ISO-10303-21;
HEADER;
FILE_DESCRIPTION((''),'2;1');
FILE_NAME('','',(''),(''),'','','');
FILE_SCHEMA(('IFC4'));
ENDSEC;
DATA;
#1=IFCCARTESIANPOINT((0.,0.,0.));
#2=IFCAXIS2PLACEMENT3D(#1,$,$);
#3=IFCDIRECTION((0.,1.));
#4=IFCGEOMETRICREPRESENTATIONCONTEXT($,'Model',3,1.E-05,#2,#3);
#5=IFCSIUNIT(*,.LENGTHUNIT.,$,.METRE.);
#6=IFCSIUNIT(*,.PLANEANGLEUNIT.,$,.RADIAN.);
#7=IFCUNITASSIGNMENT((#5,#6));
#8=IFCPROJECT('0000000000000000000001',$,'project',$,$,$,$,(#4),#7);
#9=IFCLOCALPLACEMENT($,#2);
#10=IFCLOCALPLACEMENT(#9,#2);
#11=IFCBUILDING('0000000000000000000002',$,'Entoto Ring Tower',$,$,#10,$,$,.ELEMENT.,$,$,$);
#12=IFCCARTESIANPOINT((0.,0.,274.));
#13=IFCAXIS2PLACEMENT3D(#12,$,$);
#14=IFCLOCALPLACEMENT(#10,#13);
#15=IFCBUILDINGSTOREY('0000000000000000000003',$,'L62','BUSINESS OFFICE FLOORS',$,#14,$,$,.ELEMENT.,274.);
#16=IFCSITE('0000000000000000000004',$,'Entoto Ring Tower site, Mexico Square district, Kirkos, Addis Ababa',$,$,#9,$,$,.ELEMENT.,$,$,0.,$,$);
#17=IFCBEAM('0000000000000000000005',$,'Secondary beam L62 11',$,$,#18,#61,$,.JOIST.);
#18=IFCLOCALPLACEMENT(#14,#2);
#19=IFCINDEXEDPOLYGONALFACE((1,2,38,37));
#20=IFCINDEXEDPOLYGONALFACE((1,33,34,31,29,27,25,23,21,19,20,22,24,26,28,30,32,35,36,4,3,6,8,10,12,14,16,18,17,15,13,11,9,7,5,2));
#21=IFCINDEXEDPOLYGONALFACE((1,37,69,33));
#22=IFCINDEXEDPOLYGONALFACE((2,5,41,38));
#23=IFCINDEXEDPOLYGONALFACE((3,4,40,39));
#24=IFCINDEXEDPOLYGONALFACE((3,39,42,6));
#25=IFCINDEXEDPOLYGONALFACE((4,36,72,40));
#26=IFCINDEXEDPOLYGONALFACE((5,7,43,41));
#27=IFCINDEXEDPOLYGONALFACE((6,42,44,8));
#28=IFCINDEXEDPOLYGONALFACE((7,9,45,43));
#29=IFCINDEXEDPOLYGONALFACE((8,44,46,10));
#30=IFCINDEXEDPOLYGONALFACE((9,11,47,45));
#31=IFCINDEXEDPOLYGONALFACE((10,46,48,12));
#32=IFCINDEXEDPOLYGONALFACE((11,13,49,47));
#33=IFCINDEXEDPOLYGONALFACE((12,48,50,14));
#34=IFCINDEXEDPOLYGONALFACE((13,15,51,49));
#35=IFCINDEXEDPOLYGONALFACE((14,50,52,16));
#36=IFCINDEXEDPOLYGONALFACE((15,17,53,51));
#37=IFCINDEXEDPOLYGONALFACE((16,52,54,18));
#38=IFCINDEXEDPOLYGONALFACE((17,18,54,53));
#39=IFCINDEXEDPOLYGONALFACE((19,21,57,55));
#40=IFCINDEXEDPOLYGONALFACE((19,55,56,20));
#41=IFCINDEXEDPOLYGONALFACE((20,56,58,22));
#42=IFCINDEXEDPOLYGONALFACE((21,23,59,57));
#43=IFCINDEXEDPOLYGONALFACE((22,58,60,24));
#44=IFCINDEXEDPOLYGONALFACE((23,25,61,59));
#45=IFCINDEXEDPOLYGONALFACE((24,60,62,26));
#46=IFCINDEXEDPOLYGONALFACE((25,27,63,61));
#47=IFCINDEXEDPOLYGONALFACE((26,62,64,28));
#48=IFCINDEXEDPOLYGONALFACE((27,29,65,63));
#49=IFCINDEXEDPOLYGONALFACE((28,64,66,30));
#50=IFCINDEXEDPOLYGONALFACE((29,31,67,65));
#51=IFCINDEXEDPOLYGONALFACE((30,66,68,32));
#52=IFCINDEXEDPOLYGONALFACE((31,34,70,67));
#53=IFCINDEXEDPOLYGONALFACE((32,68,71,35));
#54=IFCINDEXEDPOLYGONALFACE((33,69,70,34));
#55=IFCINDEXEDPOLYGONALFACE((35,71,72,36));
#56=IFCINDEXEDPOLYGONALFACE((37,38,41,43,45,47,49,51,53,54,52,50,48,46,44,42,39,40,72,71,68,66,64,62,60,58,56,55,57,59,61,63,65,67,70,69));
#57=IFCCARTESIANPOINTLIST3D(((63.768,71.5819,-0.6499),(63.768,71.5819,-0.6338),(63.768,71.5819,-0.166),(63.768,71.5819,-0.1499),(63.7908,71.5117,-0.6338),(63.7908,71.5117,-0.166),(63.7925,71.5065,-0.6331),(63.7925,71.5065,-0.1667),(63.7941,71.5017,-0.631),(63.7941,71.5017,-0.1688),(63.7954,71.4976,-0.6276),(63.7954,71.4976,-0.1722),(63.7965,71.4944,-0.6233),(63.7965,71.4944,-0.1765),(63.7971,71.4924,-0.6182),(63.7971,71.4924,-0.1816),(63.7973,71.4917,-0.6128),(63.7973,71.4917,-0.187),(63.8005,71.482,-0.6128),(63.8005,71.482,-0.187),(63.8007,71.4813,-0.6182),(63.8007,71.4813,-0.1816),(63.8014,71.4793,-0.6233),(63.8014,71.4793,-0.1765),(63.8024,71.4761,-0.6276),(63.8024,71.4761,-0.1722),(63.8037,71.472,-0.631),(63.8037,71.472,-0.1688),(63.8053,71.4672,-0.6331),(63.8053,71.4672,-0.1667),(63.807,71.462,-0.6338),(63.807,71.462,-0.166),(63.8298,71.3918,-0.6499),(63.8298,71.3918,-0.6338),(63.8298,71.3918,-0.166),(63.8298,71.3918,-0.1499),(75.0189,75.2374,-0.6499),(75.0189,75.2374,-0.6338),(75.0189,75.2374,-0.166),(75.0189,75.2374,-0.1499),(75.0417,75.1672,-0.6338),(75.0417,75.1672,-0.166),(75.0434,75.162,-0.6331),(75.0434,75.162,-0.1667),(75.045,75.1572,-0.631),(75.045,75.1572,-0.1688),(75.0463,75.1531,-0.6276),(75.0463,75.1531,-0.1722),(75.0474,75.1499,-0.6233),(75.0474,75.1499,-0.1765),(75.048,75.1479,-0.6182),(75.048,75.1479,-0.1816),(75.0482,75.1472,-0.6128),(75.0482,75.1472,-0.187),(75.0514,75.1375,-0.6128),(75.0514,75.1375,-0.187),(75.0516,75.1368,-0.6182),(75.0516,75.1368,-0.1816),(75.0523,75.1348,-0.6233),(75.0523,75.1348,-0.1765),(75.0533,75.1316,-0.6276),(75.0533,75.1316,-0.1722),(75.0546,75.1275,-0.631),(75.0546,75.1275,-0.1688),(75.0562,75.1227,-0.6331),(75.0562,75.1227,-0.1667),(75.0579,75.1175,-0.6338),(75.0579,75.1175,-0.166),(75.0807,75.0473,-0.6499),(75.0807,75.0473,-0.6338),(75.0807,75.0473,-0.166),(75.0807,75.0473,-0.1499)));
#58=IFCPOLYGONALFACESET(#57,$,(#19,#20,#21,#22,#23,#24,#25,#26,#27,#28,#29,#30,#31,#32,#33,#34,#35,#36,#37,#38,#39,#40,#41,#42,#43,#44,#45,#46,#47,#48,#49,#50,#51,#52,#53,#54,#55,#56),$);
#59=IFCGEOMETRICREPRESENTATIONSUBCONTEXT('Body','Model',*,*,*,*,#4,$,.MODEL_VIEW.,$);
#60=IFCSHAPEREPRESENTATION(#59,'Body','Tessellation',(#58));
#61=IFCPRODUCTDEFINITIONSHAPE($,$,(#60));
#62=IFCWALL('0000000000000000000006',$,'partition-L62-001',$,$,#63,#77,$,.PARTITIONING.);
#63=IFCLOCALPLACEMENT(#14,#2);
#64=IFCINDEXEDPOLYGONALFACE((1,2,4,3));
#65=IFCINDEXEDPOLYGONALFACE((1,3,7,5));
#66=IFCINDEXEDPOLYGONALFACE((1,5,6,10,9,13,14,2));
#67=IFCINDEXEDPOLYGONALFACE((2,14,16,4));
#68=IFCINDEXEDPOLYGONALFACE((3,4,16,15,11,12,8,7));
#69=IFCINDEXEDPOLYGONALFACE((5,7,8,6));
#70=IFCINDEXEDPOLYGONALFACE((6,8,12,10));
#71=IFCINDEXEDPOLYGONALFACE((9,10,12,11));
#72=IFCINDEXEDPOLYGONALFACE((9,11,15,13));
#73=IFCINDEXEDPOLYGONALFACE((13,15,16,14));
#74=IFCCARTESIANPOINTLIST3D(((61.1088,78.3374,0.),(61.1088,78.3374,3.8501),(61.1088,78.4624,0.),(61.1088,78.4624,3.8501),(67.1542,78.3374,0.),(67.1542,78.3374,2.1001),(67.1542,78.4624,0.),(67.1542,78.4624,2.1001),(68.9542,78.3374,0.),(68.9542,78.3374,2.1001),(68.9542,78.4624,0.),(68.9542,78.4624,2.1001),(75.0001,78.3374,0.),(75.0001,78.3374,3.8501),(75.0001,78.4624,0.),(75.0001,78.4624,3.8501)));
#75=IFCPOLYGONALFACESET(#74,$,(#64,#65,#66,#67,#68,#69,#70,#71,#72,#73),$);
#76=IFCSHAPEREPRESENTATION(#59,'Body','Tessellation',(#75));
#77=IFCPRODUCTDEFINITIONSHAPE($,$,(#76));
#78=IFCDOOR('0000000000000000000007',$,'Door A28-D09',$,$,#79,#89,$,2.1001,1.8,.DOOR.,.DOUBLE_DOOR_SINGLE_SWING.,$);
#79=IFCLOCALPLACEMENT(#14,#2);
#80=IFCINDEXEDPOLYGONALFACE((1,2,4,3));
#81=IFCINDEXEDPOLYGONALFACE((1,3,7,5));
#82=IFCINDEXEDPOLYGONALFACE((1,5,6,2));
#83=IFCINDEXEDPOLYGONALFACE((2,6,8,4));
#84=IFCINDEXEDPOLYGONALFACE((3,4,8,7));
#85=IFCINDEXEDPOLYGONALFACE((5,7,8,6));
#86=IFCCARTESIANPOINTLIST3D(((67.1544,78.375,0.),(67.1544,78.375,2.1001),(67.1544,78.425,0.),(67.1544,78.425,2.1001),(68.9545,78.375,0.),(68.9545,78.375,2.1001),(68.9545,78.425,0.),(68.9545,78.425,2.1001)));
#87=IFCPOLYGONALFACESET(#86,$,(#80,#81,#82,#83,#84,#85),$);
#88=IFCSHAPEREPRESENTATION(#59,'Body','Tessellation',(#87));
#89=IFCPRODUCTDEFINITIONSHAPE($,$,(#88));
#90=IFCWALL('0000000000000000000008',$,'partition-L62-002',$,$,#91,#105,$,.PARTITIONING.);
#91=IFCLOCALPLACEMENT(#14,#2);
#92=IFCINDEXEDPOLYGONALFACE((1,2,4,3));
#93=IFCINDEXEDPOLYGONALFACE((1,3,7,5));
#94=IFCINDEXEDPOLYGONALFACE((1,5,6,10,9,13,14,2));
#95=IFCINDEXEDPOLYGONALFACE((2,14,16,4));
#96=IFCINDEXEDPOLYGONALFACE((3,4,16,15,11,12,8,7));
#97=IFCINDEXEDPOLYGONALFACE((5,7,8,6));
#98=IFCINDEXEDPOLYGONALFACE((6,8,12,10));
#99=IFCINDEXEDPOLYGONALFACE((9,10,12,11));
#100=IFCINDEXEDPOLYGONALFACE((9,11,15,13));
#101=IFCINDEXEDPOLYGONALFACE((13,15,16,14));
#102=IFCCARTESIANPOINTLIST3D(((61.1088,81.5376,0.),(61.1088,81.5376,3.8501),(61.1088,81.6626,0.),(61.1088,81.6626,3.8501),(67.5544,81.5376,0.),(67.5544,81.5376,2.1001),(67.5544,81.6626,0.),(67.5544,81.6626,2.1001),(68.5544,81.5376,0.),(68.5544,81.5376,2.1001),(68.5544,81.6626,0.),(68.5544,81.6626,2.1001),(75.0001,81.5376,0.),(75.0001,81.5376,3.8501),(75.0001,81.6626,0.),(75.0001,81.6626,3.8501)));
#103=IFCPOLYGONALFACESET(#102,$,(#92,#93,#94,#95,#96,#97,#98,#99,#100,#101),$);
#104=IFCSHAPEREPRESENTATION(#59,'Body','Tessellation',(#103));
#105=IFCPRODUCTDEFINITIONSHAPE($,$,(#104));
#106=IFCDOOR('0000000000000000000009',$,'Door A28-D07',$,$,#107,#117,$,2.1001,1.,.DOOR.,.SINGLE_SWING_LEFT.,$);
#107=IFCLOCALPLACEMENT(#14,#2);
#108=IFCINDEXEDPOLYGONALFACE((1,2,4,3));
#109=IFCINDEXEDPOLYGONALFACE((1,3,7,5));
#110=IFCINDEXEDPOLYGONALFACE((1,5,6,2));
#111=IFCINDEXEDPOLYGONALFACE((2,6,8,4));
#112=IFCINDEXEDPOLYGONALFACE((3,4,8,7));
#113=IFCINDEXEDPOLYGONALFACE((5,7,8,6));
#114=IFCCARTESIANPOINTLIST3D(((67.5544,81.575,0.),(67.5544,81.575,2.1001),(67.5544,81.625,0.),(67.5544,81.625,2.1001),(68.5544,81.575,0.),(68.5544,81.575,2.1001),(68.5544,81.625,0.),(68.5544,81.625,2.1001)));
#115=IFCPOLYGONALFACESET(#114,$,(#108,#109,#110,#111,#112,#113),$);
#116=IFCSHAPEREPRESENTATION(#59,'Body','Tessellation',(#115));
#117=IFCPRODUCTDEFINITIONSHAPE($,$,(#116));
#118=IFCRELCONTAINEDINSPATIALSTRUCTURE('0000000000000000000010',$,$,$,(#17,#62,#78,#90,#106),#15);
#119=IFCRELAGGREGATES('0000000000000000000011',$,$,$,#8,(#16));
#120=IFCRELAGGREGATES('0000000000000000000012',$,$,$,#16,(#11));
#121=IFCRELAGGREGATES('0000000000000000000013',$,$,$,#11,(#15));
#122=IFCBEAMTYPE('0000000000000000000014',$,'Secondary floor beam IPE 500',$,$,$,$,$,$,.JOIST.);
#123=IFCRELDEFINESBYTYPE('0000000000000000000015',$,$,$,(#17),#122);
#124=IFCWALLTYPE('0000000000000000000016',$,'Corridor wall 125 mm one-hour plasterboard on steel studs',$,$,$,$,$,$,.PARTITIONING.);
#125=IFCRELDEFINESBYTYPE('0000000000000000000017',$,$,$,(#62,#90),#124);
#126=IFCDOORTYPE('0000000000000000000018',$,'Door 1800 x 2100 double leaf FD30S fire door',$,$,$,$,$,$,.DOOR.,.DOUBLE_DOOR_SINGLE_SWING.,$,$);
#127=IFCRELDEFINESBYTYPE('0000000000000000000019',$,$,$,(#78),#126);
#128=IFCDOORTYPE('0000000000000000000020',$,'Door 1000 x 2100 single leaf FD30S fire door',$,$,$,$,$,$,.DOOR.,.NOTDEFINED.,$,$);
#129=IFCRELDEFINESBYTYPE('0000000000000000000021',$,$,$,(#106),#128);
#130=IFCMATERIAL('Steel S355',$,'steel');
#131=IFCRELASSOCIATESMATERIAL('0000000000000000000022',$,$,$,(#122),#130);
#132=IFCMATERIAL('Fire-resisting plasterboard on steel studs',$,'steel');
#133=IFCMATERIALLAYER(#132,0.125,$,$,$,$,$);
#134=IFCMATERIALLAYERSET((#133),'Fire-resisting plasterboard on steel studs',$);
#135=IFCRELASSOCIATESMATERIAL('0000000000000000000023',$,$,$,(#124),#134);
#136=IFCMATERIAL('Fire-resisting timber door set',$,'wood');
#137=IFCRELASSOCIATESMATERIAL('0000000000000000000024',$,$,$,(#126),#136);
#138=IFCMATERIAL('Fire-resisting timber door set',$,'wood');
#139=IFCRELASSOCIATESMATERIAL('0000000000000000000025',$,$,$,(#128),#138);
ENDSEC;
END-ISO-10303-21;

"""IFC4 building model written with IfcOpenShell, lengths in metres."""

from ifc_helpers import new_model, si_unit, direction, frame, frame_2d, origin, origin_2d, place, context, subcontext, project, spatial, rectangle, i_section, extrude, material, layer, layer_set, material_profile, profile_set, type_object, element, fill, save


model = new_model("IFC4")

# Units and contexts
model_context = context("Model", 3, precision=1e-05, world=origin(), true_north=direction((0.0, 1.0)))
body_context = subcontext(model_context, "Body", "Model", "MODEL_VIEW")
ifc_project = project(units=[si_unit("LENGTHUNIT", "METRE"), si_unit("PLANEANGLEUNIT", "RADIAN")], contexts=[model_context])

# Site, building, storey
site_placement = place(None, origin())
site = spatial("IfcSite", under=ifc_project, at=site_placement, Name="Entoto Ring Tower site, Mexico Square district, Kirkos, Addis Ababa", CompositionType="ELEMENT", RefElevation=0.0)
building_placement = place(site_placement, origin())
building = spatial("IfcBuilding", under=site, at=building_placement, Name="Entoto Ring Tower", CompositionType="ELEMENT")
storey_placement = place(building_placement, frame((0.0, 0.0, 274.0)))
storey = spatial("IfcBuildingStorey", under=building, at=storey_placement, Name="L62", Description="BUSINESS OFFICE FLOORS", CompositionType="ELEMENT", Elevation=274.0)

# Beam
ifc_material_1 = material(Name="Steel S355", Category="steel")
ifc_material_profile_1 = material_profile(ifc_material_1, i_section(OverallWidth=0.2, OverallDepth=0.5, WebThickness=0.0103, FlangeThickness=0.0161, FilletRadius=0.021, at=origin_2d()), Name="IPE 500")
ifc_profile_set_1 = profile_set([ifc_material_profile_1], Name="Steel S355")
beam_type_1 = type_object("IfcBeamType", Name="Secondary floor beam IPE 500", PredefinedType="JOIST", material=ifc_profile_set_1)
beam_1_placement = place(storey_placement, frame((75.0498, 75.1423, -0.3999), z_axis=(-0.95106, -0.309006, 0.0), x_axis=(0.309006, -0.95106, 0.0)))
element("IfcBeam", 1, at=beam_1_placement, inside=storey, type_object=beam_type_1, Name="Secondary beam L62 11", PredefinedType="JOIST", context=body_context, shape_type="SweptSolid", body=[
    extrude(i_section(OverallWidth=0.2, OverallDepth=0.5, WebThickness=0.0103, FlangeThickness=0.0161, FilletRadius=0.021, at=origin_2d()), origin(), (0.0, 0.0, 1.0), 11.8298),
])

# Walls, openings, doors
ifc_material_2 = material(Name="Fire-resisting plasterboard on steel studs", Category="steel")
ifc_layer = layer(ifc_material_2, 0.125)
ifc_layer_set = layer_set([ifc_layer], Name="Fire-resisting plasterboard on steel studs")
wall_type = type_object("IfcWallType", Name="Corridor wall 125 mm one-hour plasterboard on steel studs", PredefinedType="PARTITIONING", material=ifc_layer_set)
wall_1_placement = place(storey_placement, frame((61.1086, 78.3999, 0.0), z_axis=(0.0, 0.0, 1.0), x_axis=(1.0, 0.0, 0.0)))
wall_1 = element("IfcWall", 2, at=wall_1_placement, inside=storey, type_object=wall_type, Name="partition-L62-001", PredefinedType="PARTITIONING", context=body_context, shape_type="SweptSolid", body=[
    extrude(rectangle(XDim=13.8914, YDim=0.125, at=frame_2d((6.9458, 0.0))), origin(), (0.0, 0.0, 1.0), 3.8501),
])
opening_1_placement = place(wall_1_placement, frame((6.0457, 0.0, 0.0)))
opening_1 = element("IfcOpeningElement", 3, at=opening_1_placement, cuts=wall_1, PredefinedType="OPENING", context=body_context, shape_type="SweptSolid", body=[
    extrude(rectangle(XDim=1.8, YDim=2.1001, at=frame_2d((0.8999, 1.05))), frame((0.0, 0.0725, 0.0), z_axis=(0.0, -1.0, 0.0), x_axis=(1.0, 0.0, 0.0)), (0.0, 0.0, 1.0), 0.145),
])
ifc_material_3 = material(Name="Fire-resisting timber door set", Category="wood")
door_type_1 = type_object("IfcDoorType", Name="Door 1800 x 2100 double leaf FD30S fire door", OperationType="DOUBLE_DOOR_SINGLE_SWING", PredefinedType="DOOR", material=ifc_material_3)
door_1_placement = place(opening_1_placement, frame((1.8, 0.0, 0.0), z_axis=(0.0, 0.0, 1.0), x_axis=(-1.0, 0.0, 0.0)))
door_1 = element("IfcDoor", 4, at=door_1_placement, inside=storey, type_object=door_type_1, Name="Door A28-D09", OperationType="DOUBLE_DOOR_SINGLE_SWING", OverallHeight=2.1001, OverallWidth=1.8, PredefinedType="DOOR", context=body_context, shape_type="SweptSolid", body=[
    extrude(rectangle(XDim=1.8, YDim=2.1001, at=frame_2d((0.8999, 1.05))), frame((0.0, 0.0249, 0.0), z_axis=(0.0, -1.0, 0.0), x_axis=(1.0, 0.0, 0.0)), (0.0, 0.0, 1.0), 0.05),
])
fill(opening_1, door_1)
wall_2_placement = place(storey_placement, frame((61.1086, 81.6001, 0.0), z_axis=(0.0, 0.0, 1.0), x_axis=(1.0, 0.0, 0.0)))
wall_2 = element("IfcWall", 5, at=wall_2_placement, inside=storey, type_object=wall_type, Name="partition-L62-002", PredefinedType="PARTITIONING", context=body_context, shape_type="SweptSolid", body=[
    extrude(rectangle(XDim=13.8914, YDim=0.125, at=frame_2d((6.9458, 0.0))), origin(), (0.0, 0.0, 1.0), 3.8501),
])
opening_2_placement = place(wall_2_placement, frame((6.4458, 0.0, 0.0)))
opening_2 = element("IfcOpeningElement", 6, at=opening_2_placement, cuts=wall_2, PredefinedType="OPENING", context=body_context, shape_type="SweptSolid", body=[
    extrude(rectangle(XDim=1.0, YDim=2.1001, at=frame_2d((0.5, 1.05))), frame((0.0, 0.0725, 0.0), z_axis=(0.0, -1.0, 0.0), x_axis=(1.0, 0.0, 0.0)), (0.0, 0.0, 1.0), 0.145),
])
ifc_material_4 = material(Name="Fire-resisting timber door set", Category="wood")
door_type_2 = type_object("IfcDoorType", Name="Door 1000 x 2100 single leaf FD30S fire door", OperationType="NOTDEFINED", PredefinedType="DOOR", material=ifc_material_4)
door_2_placement = place(opening_2_placement, origin())
door_2 = element("IfcDoor", 7, at=door_2_placement, inside=storey, type_object=door_type_2, Name="Door A28-D07", OperationType="SINGLE_SWING_LEFT", OverallHeight=2.1001, OverallWidth=1.0, PredefinedType="DOOR", context=body_context, shape_type="SweptSolid", body=[
    extrude(rectangle(XDim=1.0, YDim=2.1001, at=frame_2d((0.5, 1.05))), frame((0.0, 0.0249, 0.0), z_axis=(0.0, -1.0, 0.0), x_axis=(1.0, 0.0, 0.0)), (0.0, 0.0, 1.0), 0.05),
])
fill(opening_2, door_2)

save(model, "model.ifc")
